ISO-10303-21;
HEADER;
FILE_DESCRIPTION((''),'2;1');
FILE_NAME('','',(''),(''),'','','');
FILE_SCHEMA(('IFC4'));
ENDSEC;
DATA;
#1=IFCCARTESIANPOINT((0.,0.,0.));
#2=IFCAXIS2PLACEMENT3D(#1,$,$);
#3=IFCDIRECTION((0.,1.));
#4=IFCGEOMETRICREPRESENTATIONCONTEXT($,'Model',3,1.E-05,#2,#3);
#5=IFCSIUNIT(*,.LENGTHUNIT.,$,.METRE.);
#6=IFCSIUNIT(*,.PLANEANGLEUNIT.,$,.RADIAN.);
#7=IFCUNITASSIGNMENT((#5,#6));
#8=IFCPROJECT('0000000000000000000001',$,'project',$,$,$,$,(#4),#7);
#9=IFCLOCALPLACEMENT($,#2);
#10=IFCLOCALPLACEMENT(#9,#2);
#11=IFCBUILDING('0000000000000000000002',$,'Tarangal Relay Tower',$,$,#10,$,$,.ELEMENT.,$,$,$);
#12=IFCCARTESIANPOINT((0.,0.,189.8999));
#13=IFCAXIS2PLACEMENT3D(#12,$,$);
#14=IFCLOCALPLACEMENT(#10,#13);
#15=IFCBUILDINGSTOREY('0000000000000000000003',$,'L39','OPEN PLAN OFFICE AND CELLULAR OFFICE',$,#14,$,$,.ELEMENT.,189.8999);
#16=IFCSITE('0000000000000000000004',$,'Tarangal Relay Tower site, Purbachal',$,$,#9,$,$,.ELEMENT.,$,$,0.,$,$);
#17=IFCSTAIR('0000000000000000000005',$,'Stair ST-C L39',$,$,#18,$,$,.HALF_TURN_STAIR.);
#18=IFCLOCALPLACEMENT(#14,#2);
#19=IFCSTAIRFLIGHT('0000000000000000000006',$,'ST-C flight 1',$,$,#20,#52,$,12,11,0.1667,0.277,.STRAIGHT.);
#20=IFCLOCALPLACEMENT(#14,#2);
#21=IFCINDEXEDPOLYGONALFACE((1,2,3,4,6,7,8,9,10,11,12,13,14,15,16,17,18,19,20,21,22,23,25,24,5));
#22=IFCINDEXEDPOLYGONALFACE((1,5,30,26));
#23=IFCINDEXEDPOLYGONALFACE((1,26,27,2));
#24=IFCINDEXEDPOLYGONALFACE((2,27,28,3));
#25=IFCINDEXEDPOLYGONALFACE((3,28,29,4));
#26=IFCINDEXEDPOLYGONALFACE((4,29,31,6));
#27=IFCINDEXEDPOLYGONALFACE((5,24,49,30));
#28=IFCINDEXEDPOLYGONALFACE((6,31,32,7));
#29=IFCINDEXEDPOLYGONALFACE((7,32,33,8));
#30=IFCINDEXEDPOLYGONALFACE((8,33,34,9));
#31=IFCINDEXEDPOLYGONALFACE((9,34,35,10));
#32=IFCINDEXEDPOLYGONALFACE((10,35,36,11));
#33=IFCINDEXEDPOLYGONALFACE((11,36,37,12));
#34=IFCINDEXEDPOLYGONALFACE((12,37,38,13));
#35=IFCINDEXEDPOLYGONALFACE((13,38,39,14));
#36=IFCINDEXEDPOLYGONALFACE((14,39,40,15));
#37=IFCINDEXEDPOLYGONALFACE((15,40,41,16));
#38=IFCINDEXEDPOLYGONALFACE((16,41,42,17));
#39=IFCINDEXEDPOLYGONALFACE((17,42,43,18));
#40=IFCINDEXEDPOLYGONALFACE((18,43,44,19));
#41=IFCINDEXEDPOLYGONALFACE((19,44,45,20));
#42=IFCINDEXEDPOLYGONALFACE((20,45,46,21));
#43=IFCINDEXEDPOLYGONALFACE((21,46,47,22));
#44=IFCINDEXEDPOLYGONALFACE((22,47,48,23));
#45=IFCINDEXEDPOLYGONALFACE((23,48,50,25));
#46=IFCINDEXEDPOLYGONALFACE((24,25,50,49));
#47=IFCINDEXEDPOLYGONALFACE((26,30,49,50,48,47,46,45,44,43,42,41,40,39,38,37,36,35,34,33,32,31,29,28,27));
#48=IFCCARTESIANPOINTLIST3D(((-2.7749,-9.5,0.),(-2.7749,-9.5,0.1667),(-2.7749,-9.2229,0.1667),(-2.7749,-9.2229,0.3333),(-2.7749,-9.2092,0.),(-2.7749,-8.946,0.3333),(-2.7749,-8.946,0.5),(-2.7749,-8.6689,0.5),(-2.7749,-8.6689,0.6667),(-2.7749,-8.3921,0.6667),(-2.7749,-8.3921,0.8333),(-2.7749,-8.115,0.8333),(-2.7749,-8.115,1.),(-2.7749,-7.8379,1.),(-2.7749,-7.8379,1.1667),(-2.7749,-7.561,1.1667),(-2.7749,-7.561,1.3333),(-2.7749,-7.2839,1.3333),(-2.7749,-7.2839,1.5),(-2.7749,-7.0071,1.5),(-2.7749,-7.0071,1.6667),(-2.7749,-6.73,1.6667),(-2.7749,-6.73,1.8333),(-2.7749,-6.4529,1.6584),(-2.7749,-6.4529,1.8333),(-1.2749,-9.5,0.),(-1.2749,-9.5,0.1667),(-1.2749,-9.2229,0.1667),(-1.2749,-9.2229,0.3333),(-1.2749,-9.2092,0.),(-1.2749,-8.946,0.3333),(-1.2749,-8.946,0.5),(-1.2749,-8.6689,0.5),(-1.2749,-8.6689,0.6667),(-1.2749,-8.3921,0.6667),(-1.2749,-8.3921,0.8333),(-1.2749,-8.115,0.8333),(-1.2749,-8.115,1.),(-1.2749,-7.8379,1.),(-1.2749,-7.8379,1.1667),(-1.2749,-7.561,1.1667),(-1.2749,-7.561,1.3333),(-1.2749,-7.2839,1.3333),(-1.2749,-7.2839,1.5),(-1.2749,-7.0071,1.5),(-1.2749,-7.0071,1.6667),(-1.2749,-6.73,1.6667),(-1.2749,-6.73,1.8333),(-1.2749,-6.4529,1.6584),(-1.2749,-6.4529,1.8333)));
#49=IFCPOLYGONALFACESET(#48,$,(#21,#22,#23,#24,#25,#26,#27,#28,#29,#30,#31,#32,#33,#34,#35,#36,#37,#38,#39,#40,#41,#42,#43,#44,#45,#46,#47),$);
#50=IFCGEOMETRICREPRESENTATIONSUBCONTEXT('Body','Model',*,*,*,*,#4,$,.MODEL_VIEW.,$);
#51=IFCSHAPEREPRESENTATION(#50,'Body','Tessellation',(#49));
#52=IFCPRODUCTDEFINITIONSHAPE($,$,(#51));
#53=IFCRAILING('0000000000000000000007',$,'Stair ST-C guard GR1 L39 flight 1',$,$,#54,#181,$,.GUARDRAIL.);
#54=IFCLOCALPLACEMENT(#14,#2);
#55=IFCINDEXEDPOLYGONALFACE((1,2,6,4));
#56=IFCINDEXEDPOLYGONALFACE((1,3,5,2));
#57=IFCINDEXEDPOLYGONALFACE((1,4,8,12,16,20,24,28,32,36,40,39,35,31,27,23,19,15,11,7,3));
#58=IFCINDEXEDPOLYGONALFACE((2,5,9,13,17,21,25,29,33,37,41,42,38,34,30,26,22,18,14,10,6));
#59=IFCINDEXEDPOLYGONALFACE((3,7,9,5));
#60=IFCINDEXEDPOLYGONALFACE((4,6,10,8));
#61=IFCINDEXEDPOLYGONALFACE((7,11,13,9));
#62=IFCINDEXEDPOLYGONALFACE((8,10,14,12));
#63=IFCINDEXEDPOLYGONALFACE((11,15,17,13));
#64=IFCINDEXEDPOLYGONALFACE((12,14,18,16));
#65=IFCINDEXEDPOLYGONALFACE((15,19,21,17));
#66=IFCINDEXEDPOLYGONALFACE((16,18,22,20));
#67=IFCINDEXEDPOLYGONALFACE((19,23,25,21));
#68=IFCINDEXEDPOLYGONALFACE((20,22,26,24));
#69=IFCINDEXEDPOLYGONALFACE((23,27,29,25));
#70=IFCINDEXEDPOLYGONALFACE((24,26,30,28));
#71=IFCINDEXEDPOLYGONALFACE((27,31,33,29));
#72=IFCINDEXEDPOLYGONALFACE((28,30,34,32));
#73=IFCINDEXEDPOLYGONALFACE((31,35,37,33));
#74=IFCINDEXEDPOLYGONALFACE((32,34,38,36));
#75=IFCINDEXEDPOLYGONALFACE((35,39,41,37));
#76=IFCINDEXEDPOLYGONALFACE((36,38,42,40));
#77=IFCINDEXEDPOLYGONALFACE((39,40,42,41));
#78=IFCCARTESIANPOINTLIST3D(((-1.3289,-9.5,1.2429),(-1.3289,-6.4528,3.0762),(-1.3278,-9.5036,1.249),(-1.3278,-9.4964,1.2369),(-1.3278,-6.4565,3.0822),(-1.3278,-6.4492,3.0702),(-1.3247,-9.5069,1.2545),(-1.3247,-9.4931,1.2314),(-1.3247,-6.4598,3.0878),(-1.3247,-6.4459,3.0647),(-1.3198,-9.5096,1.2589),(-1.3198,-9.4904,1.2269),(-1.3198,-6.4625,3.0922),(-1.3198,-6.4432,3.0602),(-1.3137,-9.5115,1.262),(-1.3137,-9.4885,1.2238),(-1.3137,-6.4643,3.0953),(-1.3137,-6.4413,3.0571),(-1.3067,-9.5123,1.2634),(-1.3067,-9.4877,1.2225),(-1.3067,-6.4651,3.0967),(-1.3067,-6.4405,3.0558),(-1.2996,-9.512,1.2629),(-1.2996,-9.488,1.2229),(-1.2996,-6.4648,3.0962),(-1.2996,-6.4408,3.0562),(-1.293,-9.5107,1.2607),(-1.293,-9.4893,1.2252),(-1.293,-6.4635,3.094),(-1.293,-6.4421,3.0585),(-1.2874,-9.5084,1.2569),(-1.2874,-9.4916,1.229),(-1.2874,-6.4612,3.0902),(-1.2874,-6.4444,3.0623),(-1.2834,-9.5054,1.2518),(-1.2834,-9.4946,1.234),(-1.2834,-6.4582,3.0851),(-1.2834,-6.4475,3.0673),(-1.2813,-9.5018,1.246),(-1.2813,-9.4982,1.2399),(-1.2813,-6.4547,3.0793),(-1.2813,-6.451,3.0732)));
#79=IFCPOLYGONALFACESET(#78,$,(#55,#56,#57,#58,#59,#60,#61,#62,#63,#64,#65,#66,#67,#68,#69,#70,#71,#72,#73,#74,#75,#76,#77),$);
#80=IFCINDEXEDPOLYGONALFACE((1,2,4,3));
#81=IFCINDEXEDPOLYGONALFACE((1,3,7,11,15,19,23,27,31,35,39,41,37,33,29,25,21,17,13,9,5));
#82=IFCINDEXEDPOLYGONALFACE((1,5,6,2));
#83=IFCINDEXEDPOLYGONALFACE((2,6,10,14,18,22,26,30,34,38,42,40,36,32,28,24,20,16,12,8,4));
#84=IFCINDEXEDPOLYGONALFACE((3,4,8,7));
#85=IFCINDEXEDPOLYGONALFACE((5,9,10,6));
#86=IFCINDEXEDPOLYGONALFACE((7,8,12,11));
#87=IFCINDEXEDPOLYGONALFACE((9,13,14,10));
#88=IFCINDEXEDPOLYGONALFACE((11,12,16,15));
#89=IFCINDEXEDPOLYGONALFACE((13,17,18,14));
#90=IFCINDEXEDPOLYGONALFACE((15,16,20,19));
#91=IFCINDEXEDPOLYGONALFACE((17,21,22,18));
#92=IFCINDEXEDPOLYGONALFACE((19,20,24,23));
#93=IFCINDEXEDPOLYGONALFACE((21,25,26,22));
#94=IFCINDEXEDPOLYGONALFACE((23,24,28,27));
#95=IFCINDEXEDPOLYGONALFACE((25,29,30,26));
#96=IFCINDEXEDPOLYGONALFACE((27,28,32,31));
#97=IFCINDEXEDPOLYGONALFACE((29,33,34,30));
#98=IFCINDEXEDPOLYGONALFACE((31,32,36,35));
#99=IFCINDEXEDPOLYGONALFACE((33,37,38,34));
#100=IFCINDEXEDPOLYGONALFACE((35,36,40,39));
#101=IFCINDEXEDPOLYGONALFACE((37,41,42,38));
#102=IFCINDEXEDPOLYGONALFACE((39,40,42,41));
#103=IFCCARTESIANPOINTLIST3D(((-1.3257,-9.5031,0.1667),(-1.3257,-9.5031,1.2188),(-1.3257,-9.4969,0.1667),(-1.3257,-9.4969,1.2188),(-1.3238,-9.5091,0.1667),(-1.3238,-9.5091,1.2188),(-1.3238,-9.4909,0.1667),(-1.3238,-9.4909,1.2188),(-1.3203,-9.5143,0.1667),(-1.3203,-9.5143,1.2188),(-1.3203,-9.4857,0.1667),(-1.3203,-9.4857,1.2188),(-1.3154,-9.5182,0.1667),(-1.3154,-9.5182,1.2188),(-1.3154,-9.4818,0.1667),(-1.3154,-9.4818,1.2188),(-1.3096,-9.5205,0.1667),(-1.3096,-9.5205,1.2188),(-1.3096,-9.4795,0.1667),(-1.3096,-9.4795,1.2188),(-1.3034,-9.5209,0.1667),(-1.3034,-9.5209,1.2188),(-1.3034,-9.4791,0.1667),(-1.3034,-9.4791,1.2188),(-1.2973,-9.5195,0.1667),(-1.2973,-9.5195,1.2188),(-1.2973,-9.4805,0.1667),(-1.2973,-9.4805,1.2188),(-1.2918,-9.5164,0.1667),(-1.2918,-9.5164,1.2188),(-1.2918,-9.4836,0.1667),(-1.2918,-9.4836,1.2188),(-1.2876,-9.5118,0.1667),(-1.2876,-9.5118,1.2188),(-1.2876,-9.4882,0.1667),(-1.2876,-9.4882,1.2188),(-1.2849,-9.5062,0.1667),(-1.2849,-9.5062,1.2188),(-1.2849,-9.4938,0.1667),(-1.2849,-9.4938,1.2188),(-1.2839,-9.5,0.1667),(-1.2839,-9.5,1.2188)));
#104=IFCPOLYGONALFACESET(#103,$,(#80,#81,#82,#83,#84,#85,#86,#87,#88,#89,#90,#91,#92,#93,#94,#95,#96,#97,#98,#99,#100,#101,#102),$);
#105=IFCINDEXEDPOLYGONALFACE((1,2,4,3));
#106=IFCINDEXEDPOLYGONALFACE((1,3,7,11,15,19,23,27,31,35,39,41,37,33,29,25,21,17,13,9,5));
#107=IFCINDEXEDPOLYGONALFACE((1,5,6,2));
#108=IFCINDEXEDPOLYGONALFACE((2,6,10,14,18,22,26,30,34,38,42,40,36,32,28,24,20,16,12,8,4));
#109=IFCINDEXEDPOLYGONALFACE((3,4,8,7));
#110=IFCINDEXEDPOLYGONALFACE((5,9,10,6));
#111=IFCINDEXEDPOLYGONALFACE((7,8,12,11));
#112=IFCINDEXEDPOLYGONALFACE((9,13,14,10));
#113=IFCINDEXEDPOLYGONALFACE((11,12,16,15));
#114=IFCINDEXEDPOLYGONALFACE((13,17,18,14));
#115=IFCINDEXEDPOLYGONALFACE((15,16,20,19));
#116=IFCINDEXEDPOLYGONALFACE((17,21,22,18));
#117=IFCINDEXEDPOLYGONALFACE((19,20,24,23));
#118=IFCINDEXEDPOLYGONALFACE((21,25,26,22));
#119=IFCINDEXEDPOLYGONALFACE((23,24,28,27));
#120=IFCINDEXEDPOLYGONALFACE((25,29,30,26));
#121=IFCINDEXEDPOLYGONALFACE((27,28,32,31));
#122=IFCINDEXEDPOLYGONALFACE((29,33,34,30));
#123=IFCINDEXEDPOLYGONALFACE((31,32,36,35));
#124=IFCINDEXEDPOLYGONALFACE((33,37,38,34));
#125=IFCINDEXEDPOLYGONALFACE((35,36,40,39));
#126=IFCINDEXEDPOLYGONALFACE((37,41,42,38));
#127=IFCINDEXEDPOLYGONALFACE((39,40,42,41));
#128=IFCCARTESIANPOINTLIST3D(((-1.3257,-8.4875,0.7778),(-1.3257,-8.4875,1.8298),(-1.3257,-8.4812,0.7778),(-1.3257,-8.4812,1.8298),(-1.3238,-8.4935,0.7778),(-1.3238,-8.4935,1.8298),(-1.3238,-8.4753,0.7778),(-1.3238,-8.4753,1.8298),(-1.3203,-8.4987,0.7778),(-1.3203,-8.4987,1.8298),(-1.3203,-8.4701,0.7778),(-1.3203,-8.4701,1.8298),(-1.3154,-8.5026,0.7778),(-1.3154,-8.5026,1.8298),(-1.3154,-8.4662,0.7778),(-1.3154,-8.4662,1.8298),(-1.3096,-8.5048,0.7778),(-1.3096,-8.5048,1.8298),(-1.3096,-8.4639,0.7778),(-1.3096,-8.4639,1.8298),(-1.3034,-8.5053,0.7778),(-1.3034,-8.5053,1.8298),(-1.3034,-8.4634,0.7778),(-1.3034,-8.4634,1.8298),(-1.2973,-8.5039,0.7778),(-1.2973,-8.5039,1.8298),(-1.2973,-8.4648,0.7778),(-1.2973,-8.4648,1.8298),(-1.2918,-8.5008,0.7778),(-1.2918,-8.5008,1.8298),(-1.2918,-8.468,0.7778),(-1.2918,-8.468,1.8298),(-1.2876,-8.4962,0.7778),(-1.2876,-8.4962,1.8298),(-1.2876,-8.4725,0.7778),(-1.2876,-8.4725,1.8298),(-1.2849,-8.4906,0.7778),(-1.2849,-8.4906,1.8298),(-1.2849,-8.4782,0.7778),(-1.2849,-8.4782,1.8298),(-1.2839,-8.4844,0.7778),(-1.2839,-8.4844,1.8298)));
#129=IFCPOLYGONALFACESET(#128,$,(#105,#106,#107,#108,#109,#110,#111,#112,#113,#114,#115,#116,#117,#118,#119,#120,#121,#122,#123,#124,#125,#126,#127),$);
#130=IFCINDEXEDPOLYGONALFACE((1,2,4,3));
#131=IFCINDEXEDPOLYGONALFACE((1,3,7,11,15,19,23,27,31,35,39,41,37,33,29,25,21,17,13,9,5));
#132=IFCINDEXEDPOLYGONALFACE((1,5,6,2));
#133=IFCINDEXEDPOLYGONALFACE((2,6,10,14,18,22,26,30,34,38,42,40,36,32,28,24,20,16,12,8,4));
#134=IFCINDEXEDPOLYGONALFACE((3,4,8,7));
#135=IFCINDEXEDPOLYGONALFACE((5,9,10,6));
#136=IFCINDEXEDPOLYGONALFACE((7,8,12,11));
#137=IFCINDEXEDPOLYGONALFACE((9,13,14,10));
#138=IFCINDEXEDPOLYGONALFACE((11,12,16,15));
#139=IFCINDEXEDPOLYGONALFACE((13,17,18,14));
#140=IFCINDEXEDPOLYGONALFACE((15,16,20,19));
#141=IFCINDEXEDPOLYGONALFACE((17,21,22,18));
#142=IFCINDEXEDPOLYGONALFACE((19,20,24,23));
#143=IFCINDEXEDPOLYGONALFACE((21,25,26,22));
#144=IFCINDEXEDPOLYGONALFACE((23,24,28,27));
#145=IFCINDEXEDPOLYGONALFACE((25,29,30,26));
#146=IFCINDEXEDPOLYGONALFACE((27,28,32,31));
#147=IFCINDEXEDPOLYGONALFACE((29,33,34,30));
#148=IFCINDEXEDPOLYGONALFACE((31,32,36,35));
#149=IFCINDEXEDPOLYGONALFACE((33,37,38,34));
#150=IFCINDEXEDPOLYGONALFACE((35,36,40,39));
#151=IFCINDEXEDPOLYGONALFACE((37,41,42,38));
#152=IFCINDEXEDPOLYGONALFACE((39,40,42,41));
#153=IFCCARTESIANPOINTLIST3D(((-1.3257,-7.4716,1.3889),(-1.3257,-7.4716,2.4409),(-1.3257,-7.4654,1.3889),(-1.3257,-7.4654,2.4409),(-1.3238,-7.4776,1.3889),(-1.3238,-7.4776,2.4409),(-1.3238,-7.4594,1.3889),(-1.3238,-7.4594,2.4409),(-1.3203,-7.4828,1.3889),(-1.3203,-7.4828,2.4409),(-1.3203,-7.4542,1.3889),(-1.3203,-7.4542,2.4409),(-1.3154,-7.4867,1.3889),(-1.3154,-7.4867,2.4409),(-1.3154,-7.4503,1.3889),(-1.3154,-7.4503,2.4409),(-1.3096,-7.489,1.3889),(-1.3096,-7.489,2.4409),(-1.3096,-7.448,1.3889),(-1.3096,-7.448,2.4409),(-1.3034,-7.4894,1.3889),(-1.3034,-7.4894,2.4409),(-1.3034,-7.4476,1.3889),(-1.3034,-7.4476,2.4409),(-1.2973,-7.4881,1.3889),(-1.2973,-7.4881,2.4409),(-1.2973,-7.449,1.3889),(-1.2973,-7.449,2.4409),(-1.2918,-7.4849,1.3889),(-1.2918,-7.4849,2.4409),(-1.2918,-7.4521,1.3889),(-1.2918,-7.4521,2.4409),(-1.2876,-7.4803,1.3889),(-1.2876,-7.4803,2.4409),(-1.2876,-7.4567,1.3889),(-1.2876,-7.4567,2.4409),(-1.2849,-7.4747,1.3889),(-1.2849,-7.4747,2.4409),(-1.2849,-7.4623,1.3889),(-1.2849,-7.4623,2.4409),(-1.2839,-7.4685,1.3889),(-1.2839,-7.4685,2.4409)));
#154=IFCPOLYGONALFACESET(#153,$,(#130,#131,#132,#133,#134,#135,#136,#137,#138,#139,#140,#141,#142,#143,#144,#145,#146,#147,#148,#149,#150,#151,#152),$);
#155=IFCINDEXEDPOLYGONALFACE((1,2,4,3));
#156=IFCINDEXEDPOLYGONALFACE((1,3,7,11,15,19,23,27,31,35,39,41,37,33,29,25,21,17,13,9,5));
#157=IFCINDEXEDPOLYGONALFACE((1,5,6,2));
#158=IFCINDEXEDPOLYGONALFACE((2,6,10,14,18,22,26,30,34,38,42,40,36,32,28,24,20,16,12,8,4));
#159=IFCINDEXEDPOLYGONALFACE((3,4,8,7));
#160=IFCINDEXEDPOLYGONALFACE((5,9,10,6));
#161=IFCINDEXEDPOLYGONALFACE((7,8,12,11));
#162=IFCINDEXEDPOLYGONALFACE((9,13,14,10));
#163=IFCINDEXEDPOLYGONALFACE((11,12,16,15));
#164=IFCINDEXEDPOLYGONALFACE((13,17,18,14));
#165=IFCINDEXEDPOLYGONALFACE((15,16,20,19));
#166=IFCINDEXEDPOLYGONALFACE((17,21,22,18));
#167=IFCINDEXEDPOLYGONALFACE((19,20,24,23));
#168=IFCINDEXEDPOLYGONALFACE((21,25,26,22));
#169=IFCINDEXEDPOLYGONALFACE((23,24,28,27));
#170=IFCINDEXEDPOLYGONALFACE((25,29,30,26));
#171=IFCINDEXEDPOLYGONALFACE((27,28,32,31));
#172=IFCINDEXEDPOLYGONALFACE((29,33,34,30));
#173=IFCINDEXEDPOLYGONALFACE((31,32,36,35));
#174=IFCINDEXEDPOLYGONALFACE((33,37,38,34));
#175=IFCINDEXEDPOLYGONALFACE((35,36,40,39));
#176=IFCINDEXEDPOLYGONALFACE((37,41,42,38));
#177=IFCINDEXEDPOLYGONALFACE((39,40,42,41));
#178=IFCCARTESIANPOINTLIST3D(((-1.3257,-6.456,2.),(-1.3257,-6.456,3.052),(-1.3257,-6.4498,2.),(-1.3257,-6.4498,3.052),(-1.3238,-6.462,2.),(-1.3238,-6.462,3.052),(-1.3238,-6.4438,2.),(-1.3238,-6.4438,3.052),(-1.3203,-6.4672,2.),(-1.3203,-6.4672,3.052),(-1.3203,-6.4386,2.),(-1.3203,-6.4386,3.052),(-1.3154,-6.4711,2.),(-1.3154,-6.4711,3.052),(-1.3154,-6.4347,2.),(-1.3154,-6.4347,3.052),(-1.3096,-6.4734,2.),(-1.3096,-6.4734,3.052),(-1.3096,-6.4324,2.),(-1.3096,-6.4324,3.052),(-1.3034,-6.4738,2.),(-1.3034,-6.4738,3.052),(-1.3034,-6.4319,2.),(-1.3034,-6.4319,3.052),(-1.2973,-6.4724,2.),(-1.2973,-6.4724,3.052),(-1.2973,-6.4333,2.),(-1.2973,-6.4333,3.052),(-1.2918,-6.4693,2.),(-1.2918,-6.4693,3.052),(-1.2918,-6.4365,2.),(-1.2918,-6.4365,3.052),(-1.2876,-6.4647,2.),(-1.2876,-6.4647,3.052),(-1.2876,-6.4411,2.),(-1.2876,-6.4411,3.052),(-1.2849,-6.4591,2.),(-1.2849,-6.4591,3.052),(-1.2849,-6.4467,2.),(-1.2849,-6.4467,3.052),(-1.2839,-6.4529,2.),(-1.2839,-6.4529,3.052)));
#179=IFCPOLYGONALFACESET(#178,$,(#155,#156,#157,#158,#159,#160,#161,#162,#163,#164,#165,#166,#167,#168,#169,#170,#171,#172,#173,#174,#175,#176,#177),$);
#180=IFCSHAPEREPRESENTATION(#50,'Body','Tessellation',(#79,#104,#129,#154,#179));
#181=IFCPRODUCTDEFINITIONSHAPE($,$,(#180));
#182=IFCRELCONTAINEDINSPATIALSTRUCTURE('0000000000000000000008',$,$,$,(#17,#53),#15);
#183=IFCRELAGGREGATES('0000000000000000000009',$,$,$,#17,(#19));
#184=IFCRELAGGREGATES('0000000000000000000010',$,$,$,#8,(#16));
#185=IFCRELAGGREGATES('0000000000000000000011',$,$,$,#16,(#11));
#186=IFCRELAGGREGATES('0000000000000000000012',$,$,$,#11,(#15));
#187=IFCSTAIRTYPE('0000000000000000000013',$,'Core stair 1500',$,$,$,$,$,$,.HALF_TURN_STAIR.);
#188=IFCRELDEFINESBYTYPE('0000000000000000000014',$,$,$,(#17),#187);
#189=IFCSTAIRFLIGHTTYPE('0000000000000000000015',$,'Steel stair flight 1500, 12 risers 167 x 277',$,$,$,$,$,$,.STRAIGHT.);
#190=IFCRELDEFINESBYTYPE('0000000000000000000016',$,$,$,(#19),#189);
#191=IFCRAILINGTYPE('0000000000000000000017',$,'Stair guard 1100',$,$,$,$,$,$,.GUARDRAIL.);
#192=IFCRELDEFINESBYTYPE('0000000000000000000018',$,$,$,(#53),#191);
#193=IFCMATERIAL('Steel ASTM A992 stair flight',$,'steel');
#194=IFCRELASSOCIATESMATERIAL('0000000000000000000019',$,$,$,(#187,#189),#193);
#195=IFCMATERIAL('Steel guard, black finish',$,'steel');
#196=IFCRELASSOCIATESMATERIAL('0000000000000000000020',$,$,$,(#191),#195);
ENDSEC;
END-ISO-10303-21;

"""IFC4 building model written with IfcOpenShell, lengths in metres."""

from ifc_helpers import new_model, si_unit, direction, frame, origin, origin_2d, place, context, subcontext, project, spatial, polyline, circle, outline, extrude, material, type_object, element, aggregate, save


model = new_model("IFC4")

# Units and contexts
model_context = context("Model", 3, precision=1e-05, world=origin(), true_north=direction((0.0, 1.0)))
body_context = subcontext(model_context, "Body", "Model", "MODEL_VIEW")
ifc_project = project(units=[si_unit("LENGTHUNIT", "METRE"), si_unit("PLANEANGLEUNIT", "RADIAN")], contexts=[model_context])

# Site, building, storey
site_placement = place(None, origin())
site = spatial("IfcSite", under=ifc_project, at=site_placement, Name="Tarangal Relay Tower site, Purbachal", CompositionType="ELEMENT", RefElevation=0.0)
building_placement = place(site_placement, origin())
building = spatial("IfcBuilding", under=site, at=building_placement, Name="Tarangal Relay Tower", CompositionType="ELEMENT")
storey_placement = place(building_placement, frame((0.0, 0.0, 189.8999)))
storey = spatial("IfcBuildingStorey", under=building, at=storey_placement, Name="L39", Description="OPEN PLAN OFFICE AND CELLULAR OFFICE", CompositionType="ELEMENT", Elevation=189.8999)

# Stair, stair flight
ifc_material_1 = material(Name="Steel ASTM A992 stair flight", Category="steel")
stair_type = type_object("IfcStairType", Name="Core stair 1500", PredefinedType="HALF_TURN_STAIR", material=ifc_material_1)
stair_placement = place(storey_placement, origin())
stair = element("IfcStair", 1, at=stair_placement, inside=storey, type_object=stair_type, Name="Stair ST-C L39", PredefinedType="HALF_TURN_STAIR")
stair_flight_type = type_object("IfcStairFlightType", Name="Steel stair flight 1500, 12 risers 167 x 277", PredefinedType="STRAIGHT", material=ifc_material_1)
stair_flight_placement = place(storey_placement, frame((-2.0249, -9.5, 0.0), z_axis=(0.0, 0.0, 1.0), x_axis=(0.0, 1.0, 0.0)))
stair_flight = element("IfcStairFlight", 2, at=stair_flight_placement, type_object=stair_flight_type, Name="ST-C flight 1", NumberOfRisers=12, NumberOfTreads=11, PredefinedType="STRAIGHT", RiserHeight=0.1667, TreadLength=0.277, context=body_context, shape_type="SweptSolid", body=[
    extrude(outline(polyline([(0.0, 0.0), (0.0, 0.1667), (0.2771, 0.1667), (0.2771, 0.3333), (0.554, 0.3333), (0.554, 0.5), (0.8311, 0.5), (0.8311, 0.6667), (1.1079, 0.6667), (1.1079, 0.8333), (1.385, 0.8333), (1.385, 1.0), (1.6621, 1.0), (1.6621, 1.1667), (1.939, 1.1667), (1.939, 1.3333), (2.2161, 1.3333), (2.2161, 1.5), (2.4929, 1.5), (2.4929, 1.6667), (2.77, 1.6667), (2.77, 1.8333), (3.0471, 1.8333), (3.0471, 2.0), (3.0471, 1.6584), (0.2908, 0.0), (0.0, 0.0)])), frame((0.0, 0.75, 0.0), z_axis=(0.0, -1.0, 0.0), x_axis=(1.0, 0.0, 0.0)), (0.0, 0.0, 1.0), 1.5),
])
aggregate(stair, [stair_flight])

# Railing
ifc_material_2 = material(Name="Steel guard, black finish", Category="steel")
railing_type_1 = type_object("IfcRailingType", Name="Stair guard 1100", PredefinedType="GUARDRAIL", material=ifc_material_2)
railing_1_placement = place(storey_placement, frame((-1.3049, -9.5, 0.1667)))
element("IfcRailing", 3, at=railing_1_placement, inside=storey, type_object=railing_type_1, Name="Stair ST-C guard GR1 L39 flight 1", PredefinedType="GUARDRAIL", context=body_context, shape_type="SweptSolid", body=[
    extrude(circle(Radius=0.0239, at=origin_2d()), frame((0.0, 0.0, 1.0762), z_axis=(0.0, 0.856874, 0.515525), x_axis=(-1.0, 0.0, 0.0)), (0.0, 0.0, 1.0), 3.5562),
    extrude(circle(Radius=0.021, at=origin_2d()), origin(), (0.0, 0.0, 1.0), 1.052),
    extrude(circle(Radius=0.021, at=origin_2d()), frame((0.0, 1.0156, 0.6111)), (0.0, 0.0, 1.0), 1.052),
    extrude(circle(Radius=0.021, at=origin_2d()), frame((0.0, 2.0315, 1.2222)), (0.0, 0.0, 1.0), 1.052),
    extrude(circle(Radius=0.021, at=origin_2d()), frame((0.0, 3.0471, 1.8333)), (0.0, 0.0, 1.0), 1.052),
])

save(model, "model.ifc")
